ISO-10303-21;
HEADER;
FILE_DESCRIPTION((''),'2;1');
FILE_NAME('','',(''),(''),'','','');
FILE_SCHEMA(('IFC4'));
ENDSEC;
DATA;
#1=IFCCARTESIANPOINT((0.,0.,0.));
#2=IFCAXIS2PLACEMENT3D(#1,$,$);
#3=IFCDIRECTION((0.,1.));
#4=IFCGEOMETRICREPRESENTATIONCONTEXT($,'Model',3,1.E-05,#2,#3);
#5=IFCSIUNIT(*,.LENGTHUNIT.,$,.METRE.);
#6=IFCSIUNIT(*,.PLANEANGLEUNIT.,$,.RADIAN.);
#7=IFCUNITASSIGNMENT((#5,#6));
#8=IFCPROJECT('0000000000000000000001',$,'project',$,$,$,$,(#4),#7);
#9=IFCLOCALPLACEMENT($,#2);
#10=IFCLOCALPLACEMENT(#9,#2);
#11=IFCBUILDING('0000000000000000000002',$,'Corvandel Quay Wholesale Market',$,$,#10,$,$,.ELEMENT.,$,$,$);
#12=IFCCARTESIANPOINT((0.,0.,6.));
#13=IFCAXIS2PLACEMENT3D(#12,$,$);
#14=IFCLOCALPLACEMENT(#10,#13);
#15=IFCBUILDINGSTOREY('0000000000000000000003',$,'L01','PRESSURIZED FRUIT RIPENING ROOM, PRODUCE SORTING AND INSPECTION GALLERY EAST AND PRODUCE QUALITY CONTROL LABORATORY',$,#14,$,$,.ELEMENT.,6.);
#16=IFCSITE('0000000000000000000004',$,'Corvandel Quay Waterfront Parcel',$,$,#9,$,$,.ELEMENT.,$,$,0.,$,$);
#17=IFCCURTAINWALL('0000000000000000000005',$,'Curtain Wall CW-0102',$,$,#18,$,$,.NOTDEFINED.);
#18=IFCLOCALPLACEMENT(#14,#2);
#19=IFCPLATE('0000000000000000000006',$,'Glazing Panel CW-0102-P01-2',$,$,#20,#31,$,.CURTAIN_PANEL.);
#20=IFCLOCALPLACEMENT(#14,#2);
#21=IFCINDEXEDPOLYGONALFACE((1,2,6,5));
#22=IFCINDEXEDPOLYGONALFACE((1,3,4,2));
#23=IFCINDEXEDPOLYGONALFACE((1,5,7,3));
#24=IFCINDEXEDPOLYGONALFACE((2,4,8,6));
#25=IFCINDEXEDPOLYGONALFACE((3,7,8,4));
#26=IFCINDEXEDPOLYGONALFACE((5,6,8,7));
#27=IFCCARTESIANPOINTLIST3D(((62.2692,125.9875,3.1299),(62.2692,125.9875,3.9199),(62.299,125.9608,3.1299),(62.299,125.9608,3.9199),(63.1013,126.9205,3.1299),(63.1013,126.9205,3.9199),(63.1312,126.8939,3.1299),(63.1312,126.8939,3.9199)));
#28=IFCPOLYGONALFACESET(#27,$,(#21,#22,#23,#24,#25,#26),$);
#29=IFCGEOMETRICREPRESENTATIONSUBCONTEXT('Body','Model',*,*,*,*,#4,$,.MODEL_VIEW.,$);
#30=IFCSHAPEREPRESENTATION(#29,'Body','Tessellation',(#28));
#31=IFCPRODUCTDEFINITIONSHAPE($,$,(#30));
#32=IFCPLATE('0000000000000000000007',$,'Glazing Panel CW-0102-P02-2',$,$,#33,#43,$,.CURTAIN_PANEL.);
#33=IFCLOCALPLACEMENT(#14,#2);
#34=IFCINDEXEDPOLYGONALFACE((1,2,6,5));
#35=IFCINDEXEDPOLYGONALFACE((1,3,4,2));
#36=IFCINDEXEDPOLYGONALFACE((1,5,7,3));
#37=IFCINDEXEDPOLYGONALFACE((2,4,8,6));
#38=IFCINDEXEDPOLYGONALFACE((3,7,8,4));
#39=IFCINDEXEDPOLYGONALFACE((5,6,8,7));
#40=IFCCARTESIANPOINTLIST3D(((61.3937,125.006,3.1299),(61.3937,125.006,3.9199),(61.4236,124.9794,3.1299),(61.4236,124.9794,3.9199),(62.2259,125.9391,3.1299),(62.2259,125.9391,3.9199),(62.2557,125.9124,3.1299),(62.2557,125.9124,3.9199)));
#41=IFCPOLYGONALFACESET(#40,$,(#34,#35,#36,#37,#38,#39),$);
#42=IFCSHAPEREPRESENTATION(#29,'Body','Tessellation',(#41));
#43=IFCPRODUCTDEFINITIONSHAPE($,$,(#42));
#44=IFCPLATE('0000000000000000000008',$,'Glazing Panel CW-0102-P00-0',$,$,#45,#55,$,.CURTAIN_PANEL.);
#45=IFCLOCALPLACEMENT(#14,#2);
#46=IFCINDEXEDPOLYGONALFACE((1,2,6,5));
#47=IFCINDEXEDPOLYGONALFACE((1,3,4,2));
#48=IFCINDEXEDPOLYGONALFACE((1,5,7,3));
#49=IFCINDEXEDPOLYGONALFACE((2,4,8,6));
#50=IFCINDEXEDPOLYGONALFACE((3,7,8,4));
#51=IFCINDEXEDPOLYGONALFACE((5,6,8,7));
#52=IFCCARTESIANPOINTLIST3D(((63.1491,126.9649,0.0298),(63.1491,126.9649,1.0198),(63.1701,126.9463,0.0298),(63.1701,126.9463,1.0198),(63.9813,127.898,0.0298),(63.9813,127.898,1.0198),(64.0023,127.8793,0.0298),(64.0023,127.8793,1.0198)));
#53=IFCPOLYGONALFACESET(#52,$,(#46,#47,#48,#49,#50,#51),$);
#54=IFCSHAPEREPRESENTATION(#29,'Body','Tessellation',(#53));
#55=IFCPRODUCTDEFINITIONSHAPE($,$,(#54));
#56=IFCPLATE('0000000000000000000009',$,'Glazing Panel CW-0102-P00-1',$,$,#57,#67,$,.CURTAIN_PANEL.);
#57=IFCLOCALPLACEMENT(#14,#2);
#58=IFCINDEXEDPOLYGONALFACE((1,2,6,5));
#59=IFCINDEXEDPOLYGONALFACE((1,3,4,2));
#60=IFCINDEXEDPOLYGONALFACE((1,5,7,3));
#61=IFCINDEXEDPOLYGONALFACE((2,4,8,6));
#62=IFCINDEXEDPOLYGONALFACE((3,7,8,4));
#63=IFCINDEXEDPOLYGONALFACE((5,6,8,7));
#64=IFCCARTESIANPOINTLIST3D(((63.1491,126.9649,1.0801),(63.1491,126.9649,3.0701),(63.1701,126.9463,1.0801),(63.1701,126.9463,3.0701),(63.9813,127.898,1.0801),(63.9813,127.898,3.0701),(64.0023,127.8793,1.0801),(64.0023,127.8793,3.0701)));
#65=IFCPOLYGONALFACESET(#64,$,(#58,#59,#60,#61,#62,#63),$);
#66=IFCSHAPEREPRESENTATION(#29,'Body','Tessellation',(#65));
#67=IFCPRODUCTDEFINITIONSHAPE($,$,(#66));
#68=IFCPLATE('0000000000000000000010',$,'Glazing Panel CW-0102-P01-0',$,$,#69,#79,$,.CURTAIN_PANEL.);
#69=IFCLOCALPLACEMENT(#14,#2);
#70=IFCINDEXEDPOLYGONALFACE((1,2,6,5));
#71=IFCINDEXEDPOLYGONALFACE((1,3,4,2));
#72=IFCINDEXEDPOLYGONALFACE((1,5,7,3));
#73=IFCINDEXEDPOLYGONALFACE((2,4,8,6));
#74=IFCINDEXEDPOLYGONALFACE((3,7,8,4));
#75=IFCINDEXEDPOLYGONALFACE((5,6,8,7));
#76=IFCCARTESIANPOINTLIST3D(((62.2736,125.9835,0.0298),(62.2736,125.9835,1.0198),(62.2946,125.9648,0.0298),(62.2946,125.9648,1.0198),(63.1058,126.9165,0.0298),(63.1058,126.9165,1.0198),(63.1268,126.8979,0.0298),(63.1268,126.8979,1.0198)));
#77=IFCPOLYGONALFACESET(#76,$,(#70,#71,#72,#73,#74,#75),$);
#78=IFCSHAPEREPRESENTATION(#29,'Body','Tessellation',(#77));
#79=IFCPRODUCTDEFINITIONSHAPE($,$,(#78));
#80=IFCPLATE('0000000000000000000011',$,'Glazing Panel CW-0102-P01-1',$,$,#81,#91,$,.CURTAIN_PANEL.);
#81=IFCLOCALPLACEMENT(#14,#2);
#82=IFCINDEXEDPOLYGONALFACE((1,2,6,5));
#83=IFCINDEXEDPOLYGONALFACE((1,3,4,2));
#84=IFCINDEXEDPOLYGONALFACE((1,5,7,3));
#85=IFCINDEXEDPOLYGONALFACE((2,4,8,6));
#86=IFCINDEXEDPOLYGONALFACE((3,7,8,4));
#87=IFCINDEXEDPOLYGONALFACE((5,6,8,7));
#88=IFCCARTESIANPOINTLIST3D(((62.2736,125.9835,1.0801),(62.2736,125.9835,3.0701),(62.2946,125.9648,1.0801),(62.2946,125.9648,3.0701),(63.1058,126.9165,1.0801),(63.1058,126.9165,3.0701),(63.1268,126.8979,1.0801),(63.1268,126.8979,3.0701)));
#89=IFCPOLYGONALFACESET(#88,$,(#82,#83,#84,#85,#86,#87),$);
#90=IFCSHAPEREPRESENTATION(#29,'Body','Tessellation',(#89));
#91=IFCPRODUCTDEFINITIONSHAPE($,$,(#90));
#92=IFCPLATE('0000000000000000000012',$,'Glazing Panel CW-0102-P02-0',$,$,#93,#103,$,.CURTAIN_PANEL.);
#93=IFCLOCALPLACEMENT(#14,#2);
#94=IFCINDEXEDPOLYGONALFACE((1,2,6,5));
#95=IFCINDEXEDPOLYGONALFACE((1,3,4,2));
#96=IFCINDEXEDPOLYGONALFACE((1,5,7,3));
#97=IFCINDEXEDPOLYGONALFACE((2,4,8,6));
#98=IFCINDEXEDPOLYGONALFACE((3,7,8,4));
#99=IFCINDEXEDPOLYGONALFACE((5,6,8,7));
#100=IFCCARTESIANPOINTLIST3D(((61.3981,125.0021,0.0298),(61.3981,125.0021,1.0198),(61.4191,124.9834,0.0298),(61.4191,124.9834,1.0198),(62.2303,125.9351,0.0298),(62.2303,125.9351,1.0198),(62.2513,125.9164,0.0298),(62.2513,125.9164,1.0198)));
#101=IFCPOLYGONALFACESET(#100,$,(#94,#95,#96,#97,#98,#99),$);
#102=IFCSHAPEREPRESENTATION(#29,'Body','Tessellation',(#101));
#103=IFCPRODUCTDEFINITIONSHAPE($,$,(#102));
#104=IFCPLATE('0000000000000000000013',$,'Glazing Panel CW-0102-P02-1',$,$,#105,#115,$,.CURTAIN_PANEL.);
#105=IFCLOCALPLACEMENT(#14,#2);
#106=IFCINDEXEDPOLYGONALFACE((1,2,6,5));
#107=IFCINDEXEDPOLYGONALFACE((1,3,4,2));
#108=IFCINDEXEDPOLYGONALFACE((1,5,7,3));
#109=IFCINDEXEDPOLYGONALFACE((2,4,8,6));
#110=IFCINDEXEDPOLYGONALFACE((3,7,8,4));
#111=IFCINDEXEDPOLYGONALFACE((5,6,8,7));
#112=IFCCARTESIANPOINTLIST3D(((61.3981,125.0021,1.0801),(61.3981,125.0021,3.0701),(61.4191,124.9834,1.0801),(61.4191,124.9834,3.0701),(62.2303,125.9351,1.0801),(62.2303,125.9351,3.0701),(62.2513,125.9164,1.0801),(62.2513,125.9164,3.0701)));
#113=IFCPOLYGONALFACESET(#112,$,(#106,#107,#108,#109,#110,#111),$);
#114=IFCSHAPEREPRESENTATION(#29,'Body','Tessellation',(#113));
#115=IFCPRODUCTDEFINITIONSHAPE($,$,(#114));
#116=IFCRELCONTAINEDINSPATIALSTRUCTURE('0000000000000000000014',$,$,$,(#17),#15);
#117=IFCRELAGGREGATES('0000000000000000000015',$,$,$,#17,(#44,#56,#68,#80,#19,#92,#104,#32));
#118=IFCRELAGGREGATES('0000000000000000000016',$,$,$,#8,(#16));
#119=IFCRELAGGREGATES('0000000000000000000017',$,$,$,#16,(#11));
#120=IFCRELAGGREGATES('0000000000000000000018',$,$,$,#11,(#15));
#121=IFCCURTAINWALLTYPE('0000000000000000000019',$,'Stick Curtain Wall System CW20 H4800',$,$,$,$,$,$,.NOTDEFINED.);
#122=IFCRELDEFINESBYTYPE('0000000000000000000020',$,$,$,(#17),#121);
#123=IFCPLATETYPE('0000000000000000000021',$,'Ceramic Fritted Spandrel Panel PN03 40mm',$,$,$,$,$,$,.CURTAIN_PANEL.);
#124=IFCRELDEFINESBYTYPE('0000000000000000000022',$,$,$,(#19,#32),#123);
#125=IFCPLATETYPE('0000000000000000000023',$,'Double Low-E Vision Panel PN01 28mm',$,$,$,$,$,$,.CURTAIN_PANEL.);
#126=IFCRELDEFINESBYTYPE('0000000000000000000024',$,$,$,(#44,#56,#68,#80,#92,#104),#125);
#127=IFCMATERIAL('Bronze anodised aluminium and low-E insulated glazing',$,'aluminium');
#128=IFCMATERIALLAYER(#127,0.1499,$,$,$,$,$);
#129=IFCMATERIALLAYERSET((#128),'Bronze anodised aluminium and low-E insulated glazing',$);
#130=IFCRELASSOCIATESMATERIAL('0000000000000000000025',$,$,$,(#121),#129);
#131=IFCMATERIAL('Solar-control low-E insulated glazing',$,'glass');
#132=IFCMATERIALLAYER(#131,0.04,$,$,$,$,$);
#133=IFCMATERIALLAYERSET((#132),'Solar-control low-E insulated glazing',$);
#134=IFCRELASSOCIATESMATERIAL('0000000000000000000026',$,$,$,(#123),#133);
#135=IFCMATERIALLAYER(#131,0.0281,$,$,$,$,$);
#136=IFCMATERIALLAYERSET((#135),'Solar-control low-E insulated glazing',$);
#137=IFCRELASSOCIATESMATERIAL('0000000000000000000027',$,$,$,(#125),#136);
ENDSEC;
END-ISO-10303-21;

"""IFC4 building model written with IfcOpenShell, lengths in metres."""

from ifc_helpers import new_model, si_unit, direction, frame, origin, origin_2d, place, context, subcontext, project, spatial, rectangle, extrude, material, layer, layer_set, type_object, element, aggregate, save


model = new_model("IFC4")

# Units and contexts
model_context = context("Model", 3, precision=1e-05, world=origin(), true_north=direction((0.0, 1.0)))
body_context = subcontext(model_context, "Body", "Model", "MODEL_VIEW")
ifc_project = project(units=[si_unit("LENGTHUNIT", "METRE"), si_unit("PLANEANGLEUNIT", "RADIAN")], contexts=[model_context])

# Site, building, storey
site_placement = place(None, origin())
site = spatial("IfcSite", under=ifc_project, at=site_placement, Name="Corvandel Quay Waterfront Parcel", CompositionType="ELEMENT", RefElevation=0.0)
building_placement = place(site_placement, origin())
building = spatial("IfcBuilding", under=site, at=building_placement, Name="Corvandel Quay Wholesale Market", CompositionType="ELEMENT")
storey_placement = place(building_placement, frame((0.0, 0.0, 6.0)))
storey = spatial("IfcBuildingStorey", under=building, at=storey_placement, Name="L01", Description="PRESSURIZED FRUIT RIPENING ROOM, PRODUCE SORTING AND INSPECTION GALLERY EAST AND PRODUCE QUALITY CONTROL LABORATORY", CompositionType="ELEMENT", Elevation=6.0)

# Curtain wall, plates
ifc_material_1 = material(Name="Bronze anodised aluminium and low-E insulated glazing", Category="aluminium")
ifc_layer_1 = layer(ifc_material_1, 0.1499)
ifc_layer_set_1 = layer_set([ifc_layer_1], Name="Bronze anodised aluminium and low-E insulated glazing")
curtain_wall_type = type_object("IfcCurtainWallType", Name="Stick Curtain Wall System CW20 H4800", PredefinedType="NOTDEFINED", material=ifc_layer_set_1)
curtain_wall_placement = place(storey_placement, origin())
curtain_wall = element("IfcCurtainWall", 1, at=curtain_wall_placement, inside=storey, type_object=curtain_wall_type, Name="Curtain Wall CW-0102", PredefinedType="NOTDEFINED")
ifc_material_2 = material(Name="Solar-control low-E insulated glazing", Category="glass")
ifc_layer_2 = layer(ifc_material_2, 0.04)
ifc_layer_set_2 = layer_set([ifc_layer_2], Name="Solar-control low-E insulated glazing")
plate_type_1 = type_object("IfcPlateType", Name="Ceramic Fritted Spandrel Panel PN03 40mm", PredefinedType="CURTAIN_PANEL", material=ifc_layer_set_2)
plate_1_placement = place(storey_placement, frame((62.7002, 126.4407, 3.1299), z_axis=(0.0, 0.0, 1.0), x_axis=(0.665621, 0.74629, 0.0)))
plate_1 = element("IfcPlate", 2, at=plate_1_placement, type_object=plate_type_1, Name="Glazing Panel CW-0102-P01-2", PredefinedType="CURTAIN_PANEL", context=body_context, shape_type="SweptSolid", body=[
    extrude(rectangle(XDim=1.2502, YDim=0.04, at=origin_2d()), origin(), (0.0, 0.0, 1.0), 0.79),
])
plate_2_placement = place(storey_placement, frame((61.8247, 125.4592, 3.1299), z_axis=(0.0, 0.0, 1.0), x_axis=(0.665621, 0.74629, 0.0)))
plate_2 = element("IfcPlate", 3, at=plate_2_placement, type_object=plate_type_1, Name="Glazing Panel CW-0102-P02-2", PredefinedType="CURTAIN_PANEL", context=body_context, shape_type="SweptSolid", body=[
    extrude(rectangle(XDim=1.2502, YDim=0.04, at=origin_2d()), origin(), (0.0, 0.0, 1.0), 0.79),
])
ifc_layer_3 = layer(ifc_material_2, 0.0281)
ifc_layer_set_3 = layer_set([ifc_layer_3], Name="Solar-control low-E insulated glazing")
plate_type_2 = type_object("IfcPlateType", Name="Double Low-E Vision Panel PN01 28mm", PredefinedType="CURTAIN_PANEL", material=ifc_layer_set_3)
plate_3_placement = place(storey_placement, frame((63.5757, 127.4221, 0.0298), z_axis=(0.0, 0.0, 1.0), x_axis=(0.665621, 0.74629, 0.0)))
plate_3 = element("IfcPlate", 4, at=plate_3_placement, type_object=plate_type_2, Name="Glazing Panel CW-0102-P00-0", PredefinedType="CURTAIN_PANEL", context=body_context, shape_type="SweptSolid", body=[
    extrude(rectangle(XDim=1.2502, YDim=0.0281, at=origin_2d()), origin(), (0.0, 0.0, 1.0), 0.99),
])
plate_4_placement = place(storey_placement, frame((63.5757, 127.4221, 1.0801), z_axis=(0.0, 0.0, 1.0), x_axis=(0.665621, 0.74629, 0.0)))
plate_4 = element("IfcPlate", 5, at=plate_4_placement, type_object=plate_type_2, Name="Glazing Panel CW-0102-P00-1", PredefinedType="CURTAIN_PANEL", context=body_context, shape_type="SweptSolid", body=[
    extrude(rectangle(XDim=1.2502, YDim=0.0281, at=origin_2d()), origin(), (0.0, 0.0, 1.0), 1.99),
])
plate_5_placement = place(storey_placement, frame((62.7002, 126.4407, 0.0298), z_axis=(0.0, 0.0, 1.0), x_axis=(0.665621, 0.74629, 0.0)))
plate_5 = element("IfcPlate", 6, at=plate_5_placement, type_object=plate_type_2, Name="Glazing Panel CW-0102-P01-0", PredefinedType="CURTAIN_PANEL", context=body_context, shape_type="SweptSolid", body=[
    extrude(rectangle(XDim=1.2502, YDim=0.0281, at=origin_2d()), origin(), (0.0, 0.0, 1.0), 0.99),
])
plate_6_placement = place(storey_placement, frame((62.7002, 126.4407, 1.0801), z_axis=(0.0, 0.0, 1.0), x_axis=(0.665621, 0.74629, 0.0)))
plate_6 = element("IfcPlate", 7, at=plate_6_placement, type_object=plate_type_2, Name="Glazing Panel CW-0102-P01-1", PredefinedType="CURTAIN_PANEL", context=body_context, shape_type="SweptSolid", body=[
    extrude(rectangle(XDim=1.2502, YDim=0.0281, at=origin_2d()), origin(), (0.0, 0.0, 1.0), 1.99),
])
plate_7_placement = place(storey_placement, frame((61.8247, 125.4592, 0.0298), z_axis=(0.0, 0.0, 1.0), x_axis=(0.665621, 0.74629, 0.0)))
plate_7 = element("IfcPlate", 8, at=plate_7_placement, type_object=plate_type_2, Name="Glazing Panel CW-0102-P02-0", PredefinedType="CURTAIN_PANEL", context=body_context, shape_type="SweptSolid", body=[
    extrude(rectangle(XDim=1.2502, YDim=0.0281, at=origin_2d()), origin(), (0.0, 0.0, 1.0), 0.99),
])
plate_8_placement = place(storey_placement, frame((61.8247, 125.4592, 1.0801), z_axis=(0.0, 0.0, 1.0), x_axis=(0.665621, 0.74629, 0.0)))
plate_8 = element("IfcPlate", 9, at=plate_8_placement, type_object=plate_type_2, Name="Glazing Panel CW-0102-P02-1", PredefinedType="CURTAIN_PANEL", context=body_context, shape_type="SweptSolid", body=[
    extrude(rectangle(XDim=1.2502, YDim=0.0281, at=origin_2d()), origin(), (0.0, 0.0, 1.0), 1.99),
])
aggregate(curtain_wall, [plate_3, plate_4, plate_5, plate_6, plate_1, plate_7, plate_8, plate_2])

save(model, "model.ifc")
